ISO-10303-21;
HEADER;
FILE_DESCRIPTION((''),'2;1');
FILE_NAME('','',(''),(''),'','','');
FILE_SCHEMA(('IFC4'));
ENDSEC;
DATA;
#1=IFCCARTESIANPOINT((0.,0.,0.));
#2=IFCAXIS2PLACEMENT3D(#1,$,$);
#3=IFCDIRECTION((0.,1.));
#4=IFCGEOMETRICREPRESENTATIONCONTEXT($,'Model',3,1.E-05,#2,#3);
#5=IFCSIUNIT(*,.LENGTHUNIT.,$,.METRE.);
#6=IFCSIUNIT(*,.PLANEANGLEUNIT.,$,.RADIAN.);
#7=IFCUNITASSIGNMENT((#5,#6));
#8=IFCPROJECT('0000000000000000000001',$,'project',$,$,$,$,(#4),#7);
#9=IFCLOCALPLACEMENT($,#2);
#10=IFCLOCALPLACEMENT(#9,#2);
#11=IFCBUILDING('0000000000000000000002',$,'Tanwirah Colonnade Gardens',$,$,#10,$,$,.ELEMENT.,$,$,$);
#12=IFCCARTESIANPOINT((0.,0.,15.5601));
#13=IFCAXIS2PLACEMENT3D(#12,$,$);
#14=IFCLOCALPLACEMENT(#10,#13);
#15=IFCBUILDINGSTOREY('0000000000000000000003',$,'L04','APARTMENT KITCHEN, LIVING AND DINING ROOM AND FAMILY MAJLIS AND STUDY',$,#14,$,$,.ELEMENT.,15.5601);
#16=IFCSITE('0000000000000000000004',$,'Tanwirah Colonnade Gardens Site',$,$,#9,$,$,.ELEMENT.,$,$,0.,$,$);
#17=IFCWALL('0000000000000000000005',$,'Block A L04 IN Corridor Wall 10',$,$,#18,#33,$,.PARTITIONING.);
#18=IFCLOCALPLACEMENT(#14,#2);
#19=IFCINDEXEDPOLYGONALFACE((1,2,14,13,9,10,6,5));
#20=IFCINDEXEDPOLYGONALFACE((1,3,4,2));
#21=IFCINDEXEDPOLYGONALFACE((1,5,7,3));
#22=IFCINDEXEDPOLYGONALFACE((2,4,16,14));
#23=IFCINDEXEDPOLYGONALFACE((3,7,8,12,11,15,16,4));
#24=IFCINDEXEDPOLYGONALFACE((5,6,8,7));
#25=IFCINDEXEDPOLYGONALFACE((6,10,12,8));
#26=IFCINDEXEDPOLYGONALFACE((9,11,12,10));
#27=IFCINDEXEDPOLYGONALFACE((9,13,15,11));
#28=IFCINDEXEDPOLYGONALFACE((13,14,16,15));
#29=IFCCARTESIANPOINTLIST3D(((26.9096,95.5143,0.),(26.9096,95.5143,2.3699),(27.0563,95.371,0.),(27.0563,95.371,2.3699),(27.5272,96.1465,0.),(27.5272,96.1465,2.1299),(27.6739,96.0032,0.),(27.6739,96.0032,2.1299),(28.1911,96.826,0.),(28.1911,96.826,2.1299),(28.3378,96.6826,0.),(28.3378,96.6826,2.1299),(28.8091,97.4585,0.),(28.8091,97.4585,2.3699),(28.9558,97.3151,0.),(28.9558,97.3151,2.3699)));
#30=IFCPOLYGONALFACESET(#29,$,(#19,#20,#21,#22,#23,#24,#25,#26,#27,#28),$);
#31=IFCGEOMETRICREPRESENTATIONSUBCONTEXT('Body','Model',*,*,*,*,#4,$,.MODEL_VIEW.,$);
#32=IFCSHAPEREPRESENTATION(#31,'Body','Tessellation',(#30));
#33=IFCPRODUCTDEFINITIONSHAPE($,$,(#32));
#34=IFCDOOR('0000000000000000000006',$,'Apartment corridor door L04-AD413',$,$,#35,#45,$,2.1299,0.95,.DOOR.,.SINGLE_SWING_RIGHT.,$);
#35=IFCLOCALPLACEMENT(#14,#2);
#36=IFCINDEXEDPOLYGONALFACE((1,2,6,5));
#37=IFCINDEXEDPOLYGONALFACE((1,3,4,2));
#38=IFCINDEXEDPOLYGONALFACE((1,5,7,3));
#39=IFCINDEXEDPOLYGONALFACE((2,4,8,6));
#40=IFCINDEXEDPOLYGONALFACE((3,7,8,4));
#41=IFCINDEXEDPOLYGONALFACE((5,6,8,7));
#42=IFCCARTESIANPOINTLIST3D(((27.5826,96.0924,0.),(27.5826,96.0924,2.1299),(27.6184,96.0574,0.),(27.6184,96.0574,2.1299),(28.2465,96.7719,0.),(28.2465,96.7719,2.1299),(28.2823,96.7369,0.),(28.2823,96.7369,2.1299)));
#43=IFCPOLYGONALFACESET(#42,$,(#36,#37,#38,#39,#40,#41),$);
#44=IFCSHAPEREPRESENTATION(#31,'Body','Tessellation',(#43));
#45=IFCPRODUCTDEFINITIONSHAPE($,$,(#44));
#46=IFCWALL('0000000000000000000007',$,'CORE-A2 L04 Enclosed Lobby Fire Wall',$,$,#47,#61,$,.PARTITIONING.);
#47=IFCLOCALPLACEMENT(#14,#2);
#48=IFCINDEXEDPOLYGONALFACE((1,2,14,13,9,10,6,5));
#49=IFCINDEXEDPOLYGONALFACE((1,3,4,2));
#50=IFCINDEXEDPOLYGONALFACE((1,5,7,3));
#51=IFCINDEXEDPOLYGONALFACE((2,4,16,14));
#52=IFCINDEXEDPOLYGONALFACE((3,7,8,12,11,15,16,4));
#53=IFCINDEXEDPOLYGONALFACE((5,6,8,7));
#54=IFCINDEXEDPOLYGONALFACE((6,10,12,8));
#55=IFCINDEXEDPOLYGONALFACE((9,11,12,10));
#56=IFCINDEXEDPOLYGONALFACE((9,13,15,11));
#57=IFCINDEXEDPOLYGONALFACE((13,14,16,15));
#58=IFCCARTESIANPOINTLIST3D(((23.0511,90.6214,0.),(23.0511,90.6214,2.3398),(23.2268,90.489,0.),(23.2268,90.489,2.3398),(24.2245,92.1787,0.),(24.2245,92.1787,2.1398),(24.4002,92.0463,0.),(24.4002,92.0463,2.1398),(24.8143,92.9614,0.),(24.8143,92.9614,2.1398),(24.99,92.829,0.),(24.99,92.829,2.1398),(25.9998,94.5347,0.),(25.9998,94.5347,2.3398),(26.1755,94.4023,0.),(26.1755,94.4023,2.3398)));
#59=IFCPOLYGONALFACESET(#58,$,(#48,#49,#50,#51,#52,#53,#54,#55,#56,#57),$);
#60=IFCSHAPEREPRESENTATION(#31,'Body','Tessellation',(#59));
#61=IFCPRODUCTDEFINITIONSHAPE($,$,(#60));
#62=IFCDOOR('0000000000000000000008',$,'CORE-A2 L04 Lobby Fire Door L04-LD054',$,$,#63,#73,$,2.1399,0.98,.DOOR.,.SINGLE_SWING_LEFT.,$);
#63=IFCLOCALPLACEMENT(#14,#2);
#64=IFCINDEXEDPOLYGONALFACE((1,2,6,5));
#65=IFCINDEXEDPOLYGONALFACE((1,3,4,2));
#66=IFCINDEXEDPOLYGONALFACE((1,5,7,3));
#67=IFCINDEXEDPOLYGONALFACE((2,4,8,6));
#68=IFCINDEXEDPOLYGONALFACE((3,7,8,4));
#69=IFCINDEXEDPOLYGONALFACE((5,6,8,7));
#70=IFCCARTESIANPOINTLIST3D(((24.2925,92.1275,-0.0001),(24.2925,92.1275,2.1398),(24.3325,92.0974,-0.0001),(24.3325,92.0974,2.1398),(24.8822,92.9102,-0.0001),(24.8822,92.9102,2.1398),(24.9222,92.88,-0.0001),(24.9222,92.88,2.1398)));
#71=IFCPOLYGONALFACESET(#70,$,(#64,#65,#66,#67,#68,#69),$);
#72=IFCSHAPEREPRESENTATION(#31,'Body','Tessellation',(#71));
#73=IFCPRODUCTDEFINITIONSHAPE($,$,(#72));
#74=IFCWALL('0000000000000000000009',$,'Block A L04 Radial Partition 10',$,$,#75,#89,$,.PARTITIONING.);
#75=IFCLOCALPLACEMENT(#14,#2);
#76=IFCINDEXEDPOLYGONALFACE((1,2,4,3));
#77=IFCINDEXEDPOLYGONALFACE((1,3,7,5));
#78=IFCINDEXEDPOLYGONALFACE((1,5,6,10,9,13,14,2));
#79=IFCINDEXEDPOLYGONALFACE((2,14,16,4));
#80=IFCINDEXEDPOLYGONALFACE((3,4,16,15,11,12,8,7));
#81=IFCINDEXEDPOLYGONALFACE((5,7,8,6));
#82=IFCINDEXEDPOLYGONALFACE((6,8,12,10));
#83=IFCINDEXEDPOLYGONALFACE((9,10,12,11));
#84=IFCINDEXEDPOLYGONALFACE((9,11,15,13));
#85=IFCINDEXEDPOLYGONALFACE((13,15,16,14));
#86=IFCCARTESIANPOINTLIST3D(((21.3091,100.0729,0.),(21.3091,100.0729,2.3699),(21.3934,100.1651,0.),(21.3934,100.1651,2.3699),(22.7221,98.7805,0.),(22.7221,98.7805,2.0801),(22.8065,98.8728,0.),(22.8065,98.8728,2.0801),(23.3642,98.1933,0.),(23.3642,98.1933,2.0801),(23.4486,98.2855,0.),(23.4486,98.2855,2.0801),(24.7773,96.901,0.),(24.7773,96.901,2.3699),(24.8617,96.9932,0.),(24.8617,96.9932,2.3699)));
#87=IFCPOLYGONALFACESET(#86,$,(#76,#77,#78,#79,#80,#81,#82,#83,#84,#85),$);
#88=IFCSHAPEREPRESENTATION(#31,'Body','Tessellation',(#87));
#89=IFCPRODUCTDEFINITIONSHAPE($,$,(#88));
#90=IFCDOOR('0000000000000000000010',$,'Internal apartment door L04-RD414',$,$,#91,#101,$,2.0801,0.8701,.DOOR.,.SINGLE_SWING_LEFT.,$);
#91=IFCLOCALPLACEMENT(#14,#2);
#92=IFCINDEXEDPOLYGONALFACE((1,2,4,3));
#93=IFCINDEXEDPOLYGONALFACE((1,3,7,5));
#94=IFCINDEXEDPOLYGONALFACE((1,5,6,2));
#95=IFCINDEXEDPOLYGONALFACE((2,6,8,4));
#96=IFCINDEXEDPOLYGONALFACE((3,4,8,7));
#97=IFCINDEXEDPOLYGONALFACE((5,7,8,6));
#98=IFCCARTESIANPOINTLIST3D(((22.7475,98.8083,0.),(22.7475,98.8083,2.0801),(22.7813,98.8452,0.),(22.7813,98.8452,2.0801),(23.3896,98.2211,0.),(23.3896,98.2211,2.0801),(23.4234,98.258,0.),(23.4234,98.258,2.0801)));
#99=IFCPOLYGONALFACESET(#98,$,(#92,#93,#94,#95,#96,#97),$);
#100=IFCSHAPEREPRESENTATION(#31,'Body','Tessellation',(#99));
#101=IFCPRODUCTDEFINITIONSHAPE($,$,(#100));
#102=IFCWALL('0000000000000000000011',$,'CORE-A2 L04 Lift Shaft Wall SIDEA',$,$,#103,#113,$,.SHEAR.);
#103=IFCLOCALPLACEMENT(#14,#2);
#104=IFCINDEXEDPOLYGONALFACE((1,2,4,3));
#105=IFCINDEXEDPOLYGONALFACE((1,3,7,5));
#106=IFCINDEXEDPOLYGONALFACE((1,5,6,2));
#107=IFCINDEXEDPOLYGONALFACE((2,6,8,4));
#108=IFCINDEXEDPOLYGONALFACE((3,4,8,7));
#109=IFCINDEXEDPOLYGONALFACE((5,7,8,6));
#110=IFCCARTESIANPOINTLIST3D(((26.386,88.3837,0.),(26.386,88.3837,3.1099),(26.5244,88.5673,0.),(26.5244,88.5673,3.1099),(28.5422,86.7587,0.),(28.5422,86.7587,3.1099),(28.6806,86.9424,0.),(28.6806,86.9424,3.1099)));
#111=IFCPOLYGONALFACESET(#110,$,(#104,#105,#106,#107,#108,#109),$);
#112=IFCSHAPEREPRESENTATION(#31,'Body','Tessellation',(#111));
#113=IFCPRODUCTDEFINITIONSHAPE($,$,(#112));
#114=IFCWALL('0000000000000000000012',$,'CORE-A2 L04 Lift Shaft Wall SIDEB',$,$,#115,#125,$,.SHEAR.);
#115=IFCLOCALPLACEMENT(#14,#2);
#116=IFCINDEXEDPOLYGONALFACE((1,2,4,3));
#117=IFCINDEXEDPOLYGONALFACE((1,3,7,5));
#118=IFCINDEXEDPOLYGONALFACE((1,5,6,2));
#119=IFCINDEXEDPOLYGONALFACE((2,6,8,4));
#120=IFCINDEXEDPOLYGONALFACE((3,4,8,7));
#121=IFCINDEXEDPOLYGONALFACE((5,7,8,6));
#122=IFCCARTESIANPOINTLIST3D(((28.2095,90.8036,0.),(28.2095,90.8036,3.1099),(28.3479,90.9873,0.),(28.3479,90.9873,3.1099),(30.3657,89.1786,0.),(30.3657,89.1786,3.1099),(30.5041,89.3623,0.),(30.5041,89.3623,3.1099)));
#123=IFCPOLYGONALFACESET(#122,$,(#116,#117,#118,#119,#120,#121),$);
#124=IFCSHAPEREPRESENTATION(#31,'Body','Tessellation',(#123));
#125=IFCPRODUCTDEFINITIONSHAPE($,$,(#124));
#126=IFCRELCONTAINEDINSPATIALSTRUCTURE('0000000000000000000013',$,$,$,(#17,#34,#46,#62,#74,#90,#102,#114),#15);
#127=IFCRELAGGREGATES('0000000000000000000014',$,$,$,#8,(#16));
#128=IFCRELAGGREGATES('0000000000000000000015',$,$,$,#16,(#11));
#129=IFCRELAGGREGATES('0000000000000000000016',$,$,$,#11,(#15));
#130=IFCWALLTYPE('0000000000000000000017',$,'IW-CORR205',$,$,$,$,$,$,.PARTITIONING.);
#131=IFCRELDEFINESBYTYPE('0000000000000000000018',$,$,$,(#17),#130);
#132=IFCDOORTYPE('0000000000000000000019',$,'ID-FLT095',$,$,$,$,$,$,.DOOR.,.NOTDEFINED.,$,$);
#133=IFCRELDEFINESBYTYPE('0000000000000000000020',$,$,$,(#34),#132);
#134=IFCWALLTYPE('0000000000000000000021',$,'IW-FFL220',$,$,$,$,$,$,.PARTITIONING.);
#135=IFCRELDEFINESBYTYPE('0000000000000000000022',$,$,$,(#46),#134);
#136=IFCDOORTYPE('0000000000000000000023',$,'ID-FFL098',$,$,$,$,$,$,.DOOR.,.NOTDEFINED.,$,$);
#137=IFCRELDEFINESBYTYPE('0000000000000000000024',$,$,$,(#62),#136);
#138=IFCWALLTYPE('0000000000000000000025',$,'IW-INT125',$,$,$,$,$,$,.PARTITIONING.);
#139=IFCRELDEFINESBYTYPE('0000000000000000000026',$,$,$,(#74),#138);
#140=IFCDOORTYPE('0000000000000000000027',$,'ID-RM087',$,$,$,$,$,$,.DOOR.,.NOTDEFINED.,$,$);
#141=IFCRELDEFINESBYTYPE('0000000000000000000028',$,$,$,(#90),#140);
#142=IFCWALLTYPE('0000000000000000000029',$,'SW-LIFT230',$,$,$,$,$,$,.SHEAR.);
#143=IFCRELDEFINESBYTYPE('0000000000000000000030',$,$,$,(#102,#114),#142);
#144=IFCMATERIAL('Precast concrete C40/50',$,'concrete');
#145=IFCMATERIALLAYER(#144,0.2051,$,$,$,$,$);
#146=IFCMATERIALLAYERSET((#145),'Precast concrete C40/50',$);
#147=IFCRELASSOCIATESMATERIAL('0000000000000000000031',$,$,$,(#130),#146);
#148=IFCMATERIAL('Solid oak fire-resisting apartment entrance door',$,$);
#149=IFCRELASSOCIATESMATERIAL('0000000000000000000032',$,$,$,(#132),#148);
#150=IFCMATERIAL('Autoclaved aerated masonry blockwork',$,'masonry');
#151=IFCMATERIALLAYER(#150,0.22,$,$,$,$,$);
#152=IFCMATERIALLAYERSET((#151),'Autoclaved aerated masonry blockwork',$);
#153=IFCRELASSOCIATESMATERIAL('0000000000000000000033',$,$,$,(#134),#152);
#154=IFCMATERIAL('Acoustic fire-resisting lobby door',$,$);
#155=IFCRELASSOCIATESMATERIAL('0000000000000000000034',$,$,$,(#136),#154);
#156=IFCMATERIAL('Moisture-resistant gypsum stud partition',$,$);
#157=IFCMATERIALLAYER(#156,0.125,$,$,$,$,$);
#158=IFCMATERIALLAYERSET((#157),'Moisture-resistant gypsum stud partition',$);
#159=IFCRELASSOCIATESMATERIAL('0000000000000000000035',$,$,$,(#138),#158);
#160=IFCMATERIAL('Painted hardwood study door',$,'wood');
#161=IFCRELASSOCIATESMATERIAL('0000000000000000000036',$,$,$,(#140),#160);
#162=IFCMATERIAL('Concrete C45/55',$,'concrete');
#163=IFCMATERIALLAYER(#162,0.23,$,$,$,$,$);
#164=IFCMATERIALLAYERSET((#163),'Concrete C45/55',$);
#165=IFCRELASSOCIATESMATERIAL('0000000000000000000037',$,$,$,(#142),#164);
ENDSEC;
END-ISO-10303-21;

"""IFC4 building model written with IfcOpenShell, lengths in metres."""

from ifc_helpers import new_model, si_unit, direction, frame, frame_2d, origin, place, context, subcontext, project, spatial, rectangle, extrude, material, layer, layer_set, type_object, element, fill, save


model = new_model("IFC4")

# Units and contexts
model_context = context("Model", 3, precision=1e-05, world=origin(), true_north=direction((0.0, 1.0)))
body_context = subcontext(model_context, "Body", "Model", "MODEL_VIEW")
ifc_project = project(units=[si_unit("LENGTHUNIT", "METRE"), si_unit("PLANEANGLEUNIT", "RADIAN")], contexts=[model_context])

# Site, building, storey
site_placement = place(None, origin())
site = spatial("IfcSite", under=ifc_project, at=site_placement, Name="Tanwirah Colonnade Gardens Site", CompositionType="ELEMENT", RefElevation=0.0)
building_placement = place(site_placement, origin())
building = spatial("IfcBuilding", under=site, at=building_placement, Name="Tanwirah Colonnade Gardens", CompositionType="ELEMENT")
storey_placement = place(building_placement, frame((0.0, 0.0, 15.5601)))
storey = spatial("IfcBuildingStorey", under=building, at=storey_placement, Name="L04", Description="APARTMENT KITCHEN, LIVING AND DINING ROOM AND FAMILY MAJLIS AND STUDY", CompositionType="ELEMENT", Elevation=15.5601)

# Shared definitions
ifc_material_1 = material(Name="Precast concrete C40/50", Category="concrete")

# Walls, openings, doors
ifc_layer_1 = layer(ifc_material_1, 0.2051)
ifc_layer_set_1 = layer_set([ifc_layer_1], Name="Precast concrete C40/50")
wall_type_1 = type_object("IfcWallType", Name="IW-CORR205", PredefinedType="PARTITIONING", material=ifc_layer_set_1)
wall_1_placement = place(storey_placement, frame((28.8823, 97.3867, 0.0), z_axis=(0.0, 0.0, 1.0), x_axis=(-0.69884, -0.715278, 0.0)))
wall_1 = element("IfcWall", 1, at=wall_1_placement, inside=storey, type_object=wall_type_1, Name="Block A L04 IN Corridor Wall 10", PredefinedType="PARTITIONING", context=body_context, shape_type="SweptSolid", body=[
    extrude(rectangle(XDim=2.718, YDim=0.2051, at=frame_2d((1.3589, 0.0))), origin(), (0.0, 0.0, 1.0), 2.3699),
])
opening_1_placement = place(wall_1_placement, frame((0.884, 0.0, 0.0)))
opening_1 = element("IfcOpeningElement", 2, at=opening_1_placement, cuts=wall_1, PredefinedType="OPENING", context=body_context, shape_type="SweptSolid", body=[
    extrude(rectangle(XDim=0.95, YDim=2.1299, at=frame_2d((0.4751, 1.0649))), frame((0.0, 0.1125, 0.0), z_axis=(0.0, -1.0, 0.0), x_axis=(1.0, 0.0, 0.0)), (0.0, 0.0, 1.0), 0.2251),
])
ifc_material_2 = material(Name="Solid oak fire-resisting apartment entrance door")
door_type_1 = type_object("IfcDoorType", Name="ID-FLT095", OperationType="NOTDEFINED", PredefinedType="DOOR", material=ifc_material_2)
door_1_placement = place(opening_1_placement, origin())
door_1 = element("IfcDoor", 3, at=door_1_placement, inside=storey, type_object=door_type_1, Name="Apartment corridor door L04-AD413", OperationType="SINGLE_SWING_RIGHT", OverallHeight=2.1299, OverallWidth=0.95, PredefinedType="DOOR", context=body_context, shape_type="SweptSolid", body=[
    extrude(rectangle(XDim=0.95, YDim=2.1299, at=frame_2d((0.4751, 1.0649))), frame((0.0, 0.0249, 0.0), z_axis=(0.0, -1.0, 0.0), x_axis=(1.0, 0.0, 0.0)), (0.0, 0.0, 1.0), 0.05),
])
fill(opening_1, door_1)
ifc_material_3 = material(Name="Autoclaved aerated masonry blockwork", Category="masonry")
ifc_layer_2 = layer(ifc_material_3, 0.22)
ifc_layer_set_2 = layer_set([ifc_layer_2], Name="Autoclaved aerated masonry blockwork")
wall_type_2 = type_object("IfcWallType", Name="IW-FFL220", PredefinedType="PARTITIONING", material=ifc_layer_set_2)
wall_2_placement = place(storey_placement, frame((23.1389, 90.5552, 0.0), z_axis=(0.0, 0.0, 1.0), x_axis=(0.601792, 0.798653, 0.0)))
wall_2 = element("IfcWall", 4, at=wall_2_placement, inside=storey, type_object=wall_type_2, Name="CORE-A2 L04 Enclosed Lobby Fire Wall", PredefinedType="PARTITIONING", context=body_context, shape_type="SweptSolid", body=[
    extrude(rectangle(XDim=4.8999, YDim=0.22, at=frame_2d((2.45, 0.0))), origin(), (0.0, 0.0, 1.0), 2.3398),
])
opening_2_placement = place(wall_2_placement, frame((1.95, 0.0, 0.0)))
opening_2 = element("IfcOpeningElement", 5, at=opening_2_placement, cuts=wall_2, PredefinedType="OPENING", context=body_context, shape_type="SweptSolid", body=[
    extrude(rectangle(XDim=0.98, YDim=2.1399, at=frame_2d((0.49, 1.0698))), frame((0.0, 0.1199, 0.0), z_axis=(0.0, -1.0, 0.0), x_axis=(1.0, 0.0, 0.0)), (0.0, 0.0, 1.0), 0.24),
])
ifc_material_4 = material(Name="Acoustic fire-resisting lobby door")
door_type_2 = type_object("IfcDoorType", Name="ID-FFL098", OperationType="NOTDEFINED", PredefinedType="DOOR", material=ifc_material_4)
door_2_placement = place(opening_2_placement, origin())
door_2 = element("IfcDoor", 6, at=door_2_placement, inside=storey, type_object=door_type_2, Name="CORE-A2 L04 Lobby Fire Door L04-LD054", OperationType="SINGLE_SWING_LEFT", OverallHeight=2.1399, OverallWidth=0.98, PredefinedType="DOOR", context=body_context, shape_type="SweptSolid", body=[
    extrude(rectangle(XDim=0.98, YDim=2.1399, at=frame_2d((0.49, 1.0698))), frame((0.0, 0.0249, 0.0), z_axis=(0.0, -1.0, 0.0), x_axis=(1.0, 0.0, 0.0)), (0.0, 0.0, 1.0), 0.05),
])
fill(opening_2, door_2)
ifc_material_5 = material(Name="Moisture-resistant gypsum stud partition")
ifc_layer_3 = layer(ifc_material_5, 0.125)
ifc_layer_set_3 = layer_set([ifc_layer_3], Name="Moisture-resistant gypsum stud partition")
wall_type_3 = type_object("IfcWallType", Name="IW-INT125", PredefinedType="PARTITIONING", material=ifc_layer_set_3)
wall_3_placement = place(storey_placement, frame((24.8196, 96.947, 0.0), z_axis=(0.0, 0.0, 1.0), x_axis=(-0.737934, 0.674873, 0.0)))
wall_3 = element("IfcWall", 7, at=wall_3_placement, inside=storey, type_object=wall_type_3, Name="Block A L04 Radial Partition 10", PredefinedType="PARTITIONING", context=body_context, shape_type="SweptSolid", body=[
    extrude(rectangle(XDim=4.7, YDim=0.125, at=frame_2d((2.3501, 0.0))), origin(), (0.0, 0.0, 1.0), 2.3699),
])
opening_3_placement = place(wall_3_placement, frame((1.915, 0.0, 0.0)))
opening_3 = element("IfcOpeningElement", 8, at=opening_3_placement, cuts=wall_3, PredefinedType="OPENING", context=body_context, shape_type="SweptSolid", body=[
    extrude(rectangle(XDim=0.8701, YDim=2.0801, at=frame_2d((0.4351, 1.04))), frame((0.0, 0.0725, 0.0), z_axis=(0.0, -1.0, 0.0), x_axis=(1.0, 0.0, 0.0)), (0.0, 0.0, 1.0), 0.145),
])
ifc_material_6 = material(Name="Painted hardwood study door", Category="wood")
door_type_3 = type_object("IfcDoorType", Name="ID-RM087", OperationType="NOTDEFINED", PredefinedType="DOOR", material=ifc_material_6)
door_3_placement = place(opening_3_placement, origin())
door_3 = element("IfcDoor", 9, at=door_3_placement, inside=storey, type_object=door_type_3, Name="Internal apartment door L04-RD414", OperationType="SINGLE_SWING_LEFT", OverallHeight=2.0801, OverallWidth=0.8701, PredefinedType="DOOR", context=body_context, shape_type="SweptSolid", body=[
    extrude(rectangle(XDim=0.8701, YDim=2.0801, at=frame_2d((0.4351, 1.04))), frame((0.0, 0.0249, 0.0), z_axis=(0.0, -1.0, 0.0), x_axis=(1.0, 0.0, 0.0)), (0.0, 0.0, 1.0), 0.05),
])
fill(opening_3, door_3)
ifc_material_7 = material(Name="Concrete C45/55", Category="concrete")
ifc_layer_4 = layer(ifc_material_7, 0.23)
ifc_layer_set_4 = layer_set([ifc_layer_4], Name="Concrete C45/55")
wall_type_4 = type_object("IfcWallType", Name="SW-LIFT230", PredefinedType="SHEAR", material=ifc_layer_set_4)

# Walls
for number, where, z_axis, x_axis, name in (
    (10, (26.4551, 88.4756, 0.0), (0.0, 0.0, 1.0), (0.798609, -0.60185, 0.0), "CORE-A2 L04 Lift Shaft Wall SIDEA"),
    (11, (28.2786, 90.8955, 0.0), (0.0, 0.0, 1.0), (0.798609, -0.60185, 0.0), "CORE-A2 L04 Lift Shaft Wall SIDEB"),
):
    element("IfcWall", number, at=place(storey_placement, frame(where, z_axis=z_axis, x_axis=x_axis)), inside=storey, type_object=wall_type_4, Name=name, PredefinedType="SHEAR", context=body_context, shape_type="SweptSolid", body=[
        extrude(rectangle(XDim=2.7, YDim=0.23, at=frame_2d((1.3501, 0.0))), origin(), (0.0, 0.0, 1.0), 3.1099),
    ])

save(model, "model.ifc")
